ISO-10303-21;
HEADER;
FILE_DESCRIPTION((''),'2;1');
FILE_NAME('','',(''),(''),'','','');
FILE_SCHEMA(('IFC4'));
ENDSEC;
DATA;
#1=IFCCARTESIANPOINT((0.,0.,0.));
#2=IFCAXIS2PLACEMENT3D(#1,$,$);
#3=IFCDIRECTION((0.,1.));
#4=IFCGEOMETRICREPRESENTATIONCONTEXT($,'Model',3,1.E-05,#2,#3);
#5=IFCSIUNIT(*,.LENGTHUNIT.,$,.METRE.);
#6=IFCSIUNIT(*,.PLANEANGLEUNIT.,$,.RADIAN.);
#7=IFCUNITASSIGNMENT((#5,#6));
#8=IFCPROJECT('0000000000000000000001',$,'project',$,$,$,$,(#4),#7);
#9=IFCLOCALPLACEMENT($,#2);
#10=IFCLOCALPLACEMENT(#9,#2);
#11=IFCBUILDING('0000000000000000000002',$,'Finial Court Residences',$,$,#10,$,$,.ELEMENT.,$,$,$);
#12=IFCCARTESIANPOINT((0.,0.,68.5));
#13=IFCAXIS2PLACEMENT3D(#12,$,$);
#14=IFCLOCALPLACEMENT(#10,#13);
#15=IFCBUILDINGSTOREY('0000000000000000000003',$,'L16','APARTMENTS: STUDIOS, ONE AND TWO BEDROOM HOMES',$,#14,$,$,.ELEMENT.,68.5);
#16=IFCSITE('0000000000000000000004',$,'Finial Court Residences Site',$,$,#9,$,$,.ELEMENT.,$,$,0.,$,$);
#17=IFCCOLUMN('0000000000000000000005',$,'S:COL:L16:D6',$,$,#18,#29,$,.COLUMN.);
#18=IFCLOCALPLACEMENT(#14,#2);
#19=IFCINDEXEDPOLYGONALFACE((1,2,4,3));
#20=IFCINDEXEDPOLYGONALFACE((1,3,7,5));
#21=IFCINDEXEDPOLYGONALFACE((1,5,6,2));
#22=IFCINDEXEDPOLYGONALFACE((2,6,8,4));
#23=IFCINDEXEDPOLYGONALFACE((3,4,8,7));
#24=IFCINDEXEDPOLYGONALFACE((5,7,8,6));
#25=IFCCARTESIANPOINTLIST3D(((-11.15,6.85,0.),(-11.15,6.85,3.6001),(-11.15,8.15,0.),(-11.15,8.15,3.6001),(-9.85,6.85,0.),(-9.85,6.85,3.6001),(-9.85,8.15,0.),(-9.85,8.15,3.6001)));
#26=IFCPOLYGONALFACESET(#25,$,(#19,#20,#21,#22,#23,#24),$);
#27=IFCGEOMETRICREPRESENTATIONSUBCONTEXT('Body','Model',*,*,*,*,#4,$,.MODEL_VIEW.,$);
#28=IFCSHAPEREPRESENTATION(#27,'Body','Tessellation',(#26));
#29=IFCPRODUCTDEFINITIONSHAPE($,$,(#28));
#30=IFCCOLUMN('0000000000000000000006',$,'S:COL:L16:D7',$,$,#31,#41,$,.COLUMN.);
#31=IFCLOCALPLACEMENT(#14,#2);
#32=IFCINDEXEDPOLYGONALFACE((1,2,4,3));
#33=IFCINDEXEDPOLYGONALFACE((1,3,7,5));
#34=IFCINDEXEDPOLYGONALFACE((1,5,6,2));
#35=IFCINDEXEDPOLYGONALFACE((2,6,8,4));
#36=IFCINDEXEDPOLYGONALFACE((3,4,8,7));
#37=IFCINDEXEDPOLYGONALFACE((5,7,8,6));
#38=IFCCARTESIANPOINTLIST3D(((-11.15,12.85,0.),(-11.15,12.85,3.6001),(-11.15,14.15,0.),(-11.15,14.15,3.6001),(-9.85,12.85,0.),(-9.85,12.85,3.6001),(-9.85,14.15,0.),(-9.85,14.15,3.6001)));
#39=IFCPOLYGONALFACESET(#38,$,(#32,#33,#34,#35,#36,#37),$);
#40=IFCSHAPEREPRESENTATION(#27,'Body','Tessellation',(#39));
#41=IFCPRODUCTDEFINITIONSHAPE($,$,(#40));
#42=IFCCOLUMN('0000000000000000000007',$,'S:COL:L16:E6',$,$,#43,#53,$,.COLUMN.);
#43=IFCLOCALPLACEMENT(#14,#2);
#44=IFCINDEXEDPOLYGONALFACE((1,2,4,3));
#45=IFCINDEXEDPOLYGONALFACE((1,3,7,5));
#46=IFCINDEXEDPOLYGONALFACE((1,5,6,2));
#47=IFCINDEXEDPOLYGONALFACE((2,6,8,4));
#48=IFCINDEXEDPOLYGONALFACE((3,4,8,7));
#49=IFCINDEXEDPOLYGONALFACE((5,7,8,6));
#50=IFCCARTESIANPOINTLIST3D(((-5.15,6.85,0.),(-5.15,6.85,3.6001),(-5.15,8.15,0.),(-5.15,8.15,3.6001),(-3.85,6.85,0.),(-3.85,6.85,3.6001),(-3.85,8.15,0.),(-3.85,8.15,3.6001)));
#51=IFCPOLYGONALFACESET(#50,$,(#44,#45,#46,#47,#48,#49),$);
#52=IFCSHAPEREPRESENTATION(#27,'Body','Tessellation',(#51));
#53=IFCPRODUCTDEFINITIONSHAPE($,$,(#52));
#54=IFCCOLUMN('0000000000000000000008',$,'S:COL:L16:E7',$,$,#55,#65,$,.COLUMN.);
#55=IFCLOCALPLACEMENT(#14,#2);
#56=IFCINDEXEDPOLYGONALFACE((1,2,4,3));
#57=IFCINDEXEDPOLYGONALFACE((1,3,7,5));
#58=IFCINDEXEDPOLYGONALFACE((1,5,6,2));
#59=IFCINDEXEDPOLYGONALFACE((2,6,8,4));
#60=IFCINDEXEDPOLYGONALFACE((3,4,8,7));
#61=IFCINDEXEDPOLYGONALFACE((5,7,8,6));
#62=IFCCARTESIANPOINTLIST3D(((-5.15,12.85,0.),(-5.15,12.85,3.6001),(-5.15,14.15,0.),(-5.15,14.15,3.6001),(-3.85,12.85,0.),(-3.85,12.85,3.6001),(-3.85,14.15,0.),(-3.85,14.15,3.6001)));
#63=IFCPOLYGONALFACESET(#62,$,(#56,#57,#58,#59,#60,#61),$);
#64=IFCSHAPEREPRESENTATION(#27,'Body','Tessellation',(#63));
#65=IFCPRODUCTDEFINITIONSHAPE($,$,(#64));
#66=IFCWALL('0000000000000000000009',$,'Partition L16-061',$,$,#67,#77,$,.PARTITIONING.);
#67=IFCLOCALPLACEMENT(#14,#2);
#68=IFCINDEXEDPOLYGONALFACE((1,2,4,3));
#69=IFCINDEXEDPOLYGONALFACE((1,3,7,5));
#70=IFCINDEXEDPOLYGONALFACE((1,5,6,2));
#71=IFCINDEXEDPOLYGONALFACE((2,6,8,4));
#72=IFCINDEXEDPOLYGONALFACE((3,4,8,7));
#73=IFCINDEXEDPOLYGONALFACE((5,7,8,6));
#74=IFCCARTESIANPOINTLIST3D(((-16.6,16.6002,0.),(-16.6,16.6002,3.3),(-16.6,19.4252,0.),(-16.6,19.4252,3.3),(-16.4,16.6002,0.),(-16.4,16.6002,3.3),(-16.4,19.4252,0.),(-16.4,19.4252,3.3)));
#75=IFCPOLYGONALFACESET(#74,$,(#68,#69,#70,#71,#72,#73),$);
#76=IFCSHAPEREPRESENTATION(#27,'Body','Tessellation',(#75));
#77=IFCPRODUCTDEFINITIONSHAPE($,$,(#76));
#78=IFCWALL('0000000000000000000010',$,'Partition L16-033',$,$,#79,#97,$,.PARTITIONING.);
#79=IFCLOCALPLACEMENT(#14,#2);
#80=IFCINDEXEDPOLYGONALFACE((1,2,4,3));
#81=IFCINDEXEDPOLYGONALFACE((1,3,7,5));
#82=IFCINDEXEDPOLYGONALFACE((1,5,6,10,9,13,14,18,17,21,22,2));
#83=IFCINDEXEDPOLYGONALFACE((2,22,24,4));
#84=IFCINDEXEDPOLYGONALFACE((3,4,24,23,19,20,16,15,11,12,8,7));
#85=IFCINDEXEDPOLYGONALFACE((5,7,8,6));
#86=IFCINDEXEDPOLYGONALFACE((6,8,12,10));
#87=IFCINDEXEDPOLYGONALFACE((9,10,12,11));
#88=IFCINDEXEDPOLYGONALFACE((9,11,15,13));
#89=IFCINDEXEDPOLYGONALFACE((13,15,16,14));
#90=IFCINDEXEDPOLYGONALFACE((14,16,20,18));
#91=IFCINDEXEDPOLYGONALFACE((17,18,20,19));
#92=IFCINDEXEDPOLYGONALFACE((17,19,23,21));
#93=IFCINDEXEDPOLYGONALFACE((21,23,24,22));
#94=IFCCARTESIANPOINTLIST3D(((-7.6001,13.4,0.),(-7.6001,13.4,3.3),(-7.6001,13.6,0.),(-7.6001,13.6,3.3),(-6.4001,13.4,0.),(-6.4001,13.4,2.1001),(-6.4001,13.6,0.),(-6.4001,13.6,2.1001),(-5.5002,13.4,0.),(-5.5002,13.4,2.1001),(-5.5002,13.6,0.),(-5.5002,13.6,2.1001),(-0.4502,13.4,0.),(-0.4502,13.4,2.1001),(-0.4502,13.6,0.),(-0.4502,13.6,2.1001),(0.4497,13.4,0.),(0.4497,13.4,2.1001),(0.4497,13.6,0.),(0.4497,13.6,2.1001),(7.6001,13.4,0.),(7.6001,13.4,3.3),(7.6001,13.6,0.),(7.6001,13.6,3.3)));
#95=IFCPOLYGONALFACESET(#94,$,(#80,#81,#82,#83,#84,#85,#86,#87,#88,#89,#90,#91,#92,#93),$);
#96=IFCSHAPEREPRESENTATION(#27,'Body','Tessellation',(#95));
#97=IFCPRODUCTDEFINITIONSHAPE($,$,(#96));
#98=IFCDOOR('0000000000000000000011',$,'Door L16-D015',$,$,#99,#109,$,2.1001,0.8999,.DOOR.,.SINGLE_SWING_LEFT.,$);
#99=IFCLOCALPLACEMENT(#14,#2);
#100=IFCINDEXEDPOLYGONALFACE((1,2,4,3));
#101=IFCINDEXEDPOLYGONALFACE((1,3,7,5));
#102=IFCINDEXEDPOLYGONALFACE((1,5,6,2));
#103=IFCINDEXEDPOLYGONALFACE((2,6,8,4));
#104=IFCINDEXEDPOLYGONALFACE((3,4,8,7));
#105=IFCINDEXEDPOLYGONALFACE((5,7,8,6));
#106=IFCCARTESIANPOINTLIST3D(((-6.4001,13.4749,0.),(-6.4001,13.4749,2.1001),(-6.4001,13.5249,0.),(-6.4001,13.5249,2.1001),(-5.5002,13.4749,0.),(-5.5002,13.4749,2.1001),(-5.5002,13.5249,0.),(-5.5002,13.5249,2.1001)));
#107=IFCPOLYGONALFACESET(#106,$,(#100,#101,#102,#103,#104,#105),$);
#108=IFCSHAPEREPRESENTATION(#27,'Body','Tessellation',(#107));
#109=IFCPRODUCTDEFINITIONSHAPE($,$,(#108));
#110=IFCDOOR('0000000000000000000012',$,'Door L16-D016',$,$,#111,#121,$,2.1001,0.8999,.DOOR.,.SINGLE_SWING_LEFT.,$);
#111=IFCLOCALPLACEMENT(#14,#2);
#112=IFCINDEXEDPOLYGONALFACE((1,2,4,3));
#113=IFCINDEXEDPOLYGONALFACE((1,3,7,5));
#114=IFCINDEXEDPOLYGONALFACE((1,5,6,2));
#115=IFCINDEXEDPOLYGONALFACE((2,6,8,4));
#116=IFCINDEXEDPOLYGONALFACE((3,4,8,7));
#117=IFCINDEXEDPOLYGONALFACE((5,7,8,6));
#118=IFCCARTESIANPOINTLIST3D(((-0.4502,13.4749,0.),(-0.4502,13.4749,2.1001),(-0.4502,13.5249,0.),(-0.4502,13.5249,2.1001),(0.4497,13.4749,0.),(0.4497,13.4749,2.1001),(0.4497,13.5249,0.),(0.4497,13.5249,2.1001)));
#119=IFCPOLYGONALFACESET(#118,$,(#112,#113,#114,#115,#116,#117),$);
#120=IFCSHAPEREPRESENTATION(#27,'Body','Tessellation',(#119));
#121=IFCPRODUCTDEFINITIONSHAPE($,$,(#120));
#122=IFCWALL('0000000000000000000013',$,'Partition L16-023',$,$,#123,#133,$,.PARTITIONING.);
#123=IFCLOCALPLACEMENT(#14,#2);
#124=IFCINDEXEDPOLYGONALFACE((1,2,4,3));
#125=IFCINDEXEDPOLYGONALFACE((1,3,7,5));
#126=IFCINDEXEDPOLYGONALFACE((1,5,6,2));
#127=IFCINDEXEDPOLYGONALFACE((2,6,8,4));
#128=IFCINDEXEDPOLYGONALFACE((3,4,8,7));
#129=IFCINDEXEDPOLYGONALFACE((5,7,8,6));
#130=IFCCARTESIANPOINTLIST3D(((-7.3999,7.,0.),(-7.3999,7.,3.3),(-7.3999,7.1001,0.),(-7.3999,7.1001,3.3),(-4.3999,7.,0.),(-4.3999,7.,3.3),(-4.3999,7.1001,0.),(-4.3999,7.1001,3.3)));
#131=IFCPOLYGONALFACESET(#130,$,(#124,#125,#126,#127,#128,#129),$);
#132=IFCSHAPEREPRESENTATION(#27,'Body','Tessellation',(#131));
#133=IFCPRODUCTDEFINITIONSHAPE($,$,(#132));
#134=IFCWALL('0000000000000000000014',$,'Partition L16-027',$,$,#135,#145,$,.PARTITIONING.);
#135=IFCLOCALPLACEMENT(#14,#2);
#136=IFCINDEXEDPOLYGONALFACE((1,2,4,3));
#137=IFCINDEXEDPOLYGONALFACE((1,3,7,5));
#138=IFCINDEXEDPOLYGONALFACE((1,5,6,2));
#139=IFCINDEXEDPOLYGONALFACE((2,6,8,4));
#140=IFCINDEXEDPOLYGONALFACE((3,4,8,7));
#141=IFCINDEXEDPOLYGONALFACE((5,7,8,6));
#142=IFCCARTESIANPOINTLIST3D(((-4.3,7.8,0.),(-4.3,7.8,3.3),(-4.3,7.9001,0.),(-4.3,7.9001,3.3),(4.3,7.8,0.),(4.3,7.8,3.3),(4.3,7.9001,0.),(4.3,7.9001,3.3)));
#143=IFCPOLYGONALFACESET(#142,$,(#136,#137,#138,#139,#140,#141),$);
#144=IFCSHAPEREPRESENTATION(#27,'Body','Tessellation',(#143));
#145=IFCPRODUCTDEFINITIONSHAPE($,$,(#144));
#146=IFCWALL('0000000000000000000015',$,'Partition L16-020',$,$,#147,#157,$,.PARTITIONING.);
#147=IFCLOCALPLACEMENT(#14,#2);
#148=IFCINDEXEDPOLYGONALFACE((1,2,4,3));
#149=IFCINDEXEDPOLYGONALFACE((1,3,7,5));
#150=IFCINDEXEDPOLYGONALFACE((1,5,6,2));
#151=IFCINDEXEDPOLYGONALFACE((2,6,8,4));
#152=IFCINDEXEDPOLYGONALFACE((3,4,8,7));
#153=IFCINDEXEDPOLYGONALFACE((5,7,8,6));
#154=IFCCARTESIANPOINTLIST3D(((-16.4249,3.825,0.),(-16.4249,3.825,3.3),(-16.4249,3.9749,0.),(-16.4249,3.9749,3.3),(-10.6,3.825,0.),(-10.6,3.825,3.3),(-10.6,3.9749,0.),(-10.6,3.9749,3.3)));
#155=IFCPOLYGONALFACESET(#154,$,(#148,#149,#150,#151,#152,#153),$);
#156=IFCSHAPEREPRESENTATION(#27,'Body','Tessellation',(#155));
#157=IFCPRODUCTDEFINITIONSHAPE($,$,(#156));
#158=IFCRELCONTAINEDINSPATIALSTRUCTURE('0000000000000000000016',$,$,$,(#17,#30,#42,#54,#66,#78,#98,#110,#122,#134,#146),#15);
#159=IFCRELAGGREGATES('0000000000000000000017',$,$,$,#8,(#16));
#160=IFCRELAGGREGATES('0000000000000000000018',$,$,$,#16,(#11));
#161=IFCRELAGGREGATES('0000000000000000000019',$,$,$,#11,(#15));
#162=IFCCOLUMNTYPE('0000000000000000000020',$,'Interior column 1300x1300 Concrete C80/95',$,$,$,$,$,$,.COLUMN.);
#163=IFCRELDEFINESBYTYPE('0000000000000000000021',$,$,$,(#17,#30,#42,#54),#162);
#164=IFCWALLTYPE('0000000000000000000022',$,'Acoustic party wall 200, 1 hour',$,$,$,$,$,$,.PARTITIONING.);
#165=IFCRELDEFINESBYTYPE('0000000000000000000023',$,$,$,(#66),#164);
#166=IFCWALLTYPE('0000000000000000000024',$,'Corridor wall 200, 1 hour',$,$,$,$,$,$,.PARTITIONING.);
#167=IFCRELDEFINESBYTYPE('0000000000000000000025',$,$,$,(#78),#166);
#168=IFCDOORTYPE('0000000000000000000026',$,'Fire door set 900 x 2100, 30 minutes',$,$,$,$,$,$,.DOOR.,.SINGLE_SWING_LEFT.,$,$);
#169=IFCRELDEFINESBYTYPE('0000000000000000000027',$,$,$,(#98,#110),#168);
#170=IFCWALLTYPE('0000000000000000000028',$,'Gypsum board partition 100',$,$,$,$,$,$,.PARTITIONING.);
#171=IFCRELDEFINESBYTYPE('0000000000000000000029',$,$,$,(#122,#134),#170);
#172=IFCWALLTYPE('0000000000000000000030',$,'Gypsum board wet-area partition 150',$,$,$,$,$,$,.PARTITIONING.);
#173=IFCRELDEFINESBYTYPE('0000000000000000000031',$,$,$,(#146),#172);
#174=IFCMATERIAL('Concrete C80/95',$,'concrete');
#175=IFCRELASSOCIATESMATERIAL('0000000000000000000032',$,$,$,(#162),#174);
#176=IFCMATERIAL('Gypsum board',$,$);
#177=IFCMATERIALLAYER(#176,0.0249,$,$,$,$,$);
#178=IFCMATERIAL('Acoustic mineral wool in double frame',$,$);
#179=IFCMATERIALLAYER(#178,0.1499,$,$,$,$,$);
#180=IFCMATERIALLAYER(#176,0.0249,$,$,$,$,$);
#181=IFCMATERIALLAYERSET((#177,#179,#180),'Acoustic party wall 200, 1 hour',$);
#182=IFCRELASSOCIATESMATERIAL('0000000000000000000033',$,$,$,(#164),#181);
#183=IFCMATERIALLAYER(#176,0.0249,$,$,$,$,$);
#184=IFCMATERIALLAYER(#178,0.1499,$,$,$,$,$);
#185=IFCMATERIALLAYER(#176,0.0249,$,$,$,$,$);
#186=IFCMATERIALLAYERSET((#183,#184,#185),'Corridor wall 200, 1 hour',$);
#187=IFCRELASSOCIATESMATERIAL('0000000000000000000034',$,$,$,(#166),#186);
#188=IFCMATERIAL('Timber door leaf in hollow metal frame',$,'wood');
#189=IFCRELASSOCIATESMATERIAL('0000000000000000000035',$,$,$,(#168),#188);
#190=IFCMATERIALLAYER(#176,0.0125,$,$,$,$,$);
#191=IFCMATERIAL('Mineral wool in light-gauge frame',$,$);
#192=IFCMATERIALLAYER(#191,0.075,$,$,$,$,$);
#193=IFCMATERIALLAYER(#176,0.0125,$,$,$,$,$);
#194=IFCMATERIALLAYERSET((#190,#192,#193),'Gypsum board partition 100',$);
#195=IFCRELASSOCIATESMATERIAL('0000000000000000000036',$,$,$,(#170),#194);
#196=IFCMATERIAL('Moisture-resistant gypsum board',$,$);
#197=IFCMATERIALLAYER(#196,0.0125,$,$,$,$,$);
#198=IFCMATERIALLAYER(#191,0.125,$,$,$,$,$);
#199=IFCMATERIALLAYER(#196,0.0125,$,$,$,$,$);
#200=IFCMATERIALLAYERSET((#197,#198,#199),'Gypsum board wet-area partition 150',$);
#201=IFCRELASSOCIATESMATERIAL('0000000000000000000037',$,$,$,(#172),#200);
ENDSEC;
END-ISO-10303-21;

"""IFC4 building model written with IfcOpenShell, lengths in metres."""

from ifc_helpers import new_model, si_unit, direction, frame, frame_2d, origin, origin_2d, place, context, subcontext, project, spatial, rectangle, extrude, material, layer, layer_set, material_profile, profile_set, type_object, element, fill, save


model = new_model("IFC4")

# Units and contexts
model_context = context("Model", 3, precision=1e-05, world=origin(), true_north=direction((0.0, 1.0)))
body_context = subcontext(model_context, "Body", "Model", "MODEL_VIEW")
ifc_project = project(units=[si_unit("LENGTHUNIT", "METRE"), si_unit("PLANEANGLEUNIT", "RADIAN")], contexts=[model_context])

# Site, building, storey
site_placement = place(None, origin())
site = spatial("IfcSite", under=ifc_project, at=site_placement, Name="Finial Court Residences Site", CompositionType="ELEMENT", RefElevation=0.0)
building_placement = place(site_placement, origin())
building = spatial("IfcBuilding", under=site, at=building_placement, Name="Finial Court Residences", CompositionType="ELEMENT")
storey_placement = place(building_placement, frame((0.0, 0.0, 68.5)))
storey = spatial("IfcBuildingStorey", under=building, at=storey_placement, Name="L16", Description="APARTMENTS: STUDIOS, ONE AND TWO BEDROOM HOMES", CompositionType="ELEMENT", Elevation=68.5)

# Columns
ifc_material_1 = material(Name="Concrete C80/95", Category="concrete")
ifc_material_profile = material_profile(ifc_material_1, rectangle(XDim=1.3, YDim=1.3, at=origin_2d()), Name="1300x1300")
ifc_profile_set = profile_set([ifc_material_profile], Name="Concrete C80/95")
column_type = type_object("IfcColumnType", Name="Interior column 1300x1300 Concrete C80/95", PredefinedType="COLUMN", material=ifc_profile_set)
for number, where, z_axis, x_axis, name in (
    (1, (-10.5, 7.5, 0.0), (0.0, 0.0, 1.0), (1.0, 0.0, 0.0), "S:COL:L16:D6"),
    (2, (-10.5, 13.5, 0.0), (0.0, 0.0, 1.0), (1.0, 0.0, 0.0), "S:COL:L16:D7"),
    (3, (-4.5, 7.5, 0.0), (0.0, 0.0, 1.0), (1.0, 0.0, 0.0), "S:COL:L16:E6"),
    (4, (-4.5, 13.5, 0.0), (0.0, 0.0, 1.0), (1.0, 0.0, 0.0), "S:COL:L16:E7"),
):
    element("IfcColumn", number, at=place(storey_placement, frame(where, z_axis=z_axis, x_axis=x_axis)), inside=storey, type_object=column_type, Name=name, PredefinedType="COLUMN", context=body_context, shape_type="SweptSolid", body=[
        extrude(rectangle(XDim=1.3, YDim=1.3, at=origin_2d()), origin(), (0.0, 0.0, 1.0), 3.6001),
    ])

# Wall
ifc_material_2 = material(Name="Gypsum board")
ifc_layer_1 = layer(ifc_material_2, 0.0249)
ifc_material_3 = material(Name="Acoustic mineral wool in double frame")
ifc_layer_2 = layer(ifc_material_3, 0.1499)
ifc_layer_3 = layer(ifc_material_2, 0.0249)
ifc_layer_set_1 = layer_set([ifc_layer_1, ifc_layer_2, ifc_layer_3], Name="Acoustic party wall 200, 1 hour")
wall_type_1 = type_object("IfcWallType", Name="Acoustic party wall 200, 1 hour", PredefinedType="PARTITIONING", material=ifc_layer_set_1)
wall_1_placement = place(storey_placement, frame((-16.5, 16.6001, 0.0), z_axis=(0.0, 0.0, 1.0), x_axis=(0.0, 1.0, 0.0)))
element("IfcWall", 5, at=wall_1_placement, inside=storey, type_object=wall_type_1, Name="Partition L16-061", PredefinedType="PARTITIONING", context=body_context, shape_type="SweptSolid", body=[
    extrude(rectangle(XDim=2.825, YDim=0.2, at=frame_2d((1.4126, 0.0))), origin(), (0.0, 0.0, 1.0), 3.3),
])

# Wall, openings, doors
ifc_layer_4 = layer(ifc_material_2, 0.0249)
ifc_layer_5 = layer(ifc_material_3, 0.1499)
ifc_layer_6 = layer(ifc_material_2, 0.0249)
ifc_layer_set_2 = layer_set([ifc_layer_4, ifc_layer_5, ifc_layer_6], Name="Corridor wall 200, 1 hour")
wall_type_2 = type_object("IfcWallType", Name="Corridor wall 200, 1 hour", PredefinedType="PARTITIONING", material=ifc_layer_set_2)
wall_2_placement = place(storey_placement, frame((-7.6001, 13.5, 0.0), z_axis=(0.0, 0.0, 1.0), x_axis=(1.0, 0.0, 0.0)))
wall_2 = element("IfcWall", 6, at=wall_2_placement, inside=storey, type_object=wall_type_2, Name="Partition L16-033", PredefinedType="PARTITIONING", context=body_context, shape_type="SweptSolid", body=[
    extrude(rectangle(XDim=15.2002, YDim=0.2, at=frame_2d((7.6001, 0.0))), origin(), (0.0, 0.0, 1.0), 3.3),
])
opening_1_placement = place(wall_2_placement, frame((1.2, 0.0, 0.0)))
opening_1 = element("IfcOpeningElement", 7, at=opening_1_placement, cuts=wall_2, PredefinedType="OPENING", context=body_context, shape_type="SweptSolid", body=[
    extrude(rectangle(XDim=0.8999, YDim=2.1001, at=frame_2d((0.45, 1.05))), frame((0.0, 0.1099, 0.0), z_axis=(0.0, -1.0, 0.0), x_axis=(1.0, 0.0, 0.0)), (0.0, 0.0, 1.0), 0.22),
])
opening_2_placement = place(wall_2_placement, frame((7.1499, 0.0, 0.0)))
opening_2 = element("IfcOpeningElement", 8, at=opening_2_placement, cuts=wall_2, PredefinedType="OPENING", context=body_context, shape_type="SweptSolid", body=[
    extrude(rectangle(XDim=0.8999, YDim=2.1001, at=frame_2d((0.45, 1.05))), frame((0.0, 0.1099, 0.0), z_axis=(0.0, -1.0, 0.0), x_axis=(1.0, 0.0, 0.0)), (0.0, 0.0, 1.0), 0.22),
])
ifc_material_4 = material(Name="Timber door leaf in hollow metal frame", Category="wood")
door_type_1 = type_object("IfcDoorType", Name="Fire door set 900 x 2100, 30 minutes", OperationType="SINGLE_SWING_LEFT", PredefinedType="DOOR", material=ifc_material_4)
door_1_placement = place(opening_1_placement, origin())
door_1 = element("IfcDoor", 9, at=door_1_placement, inside=storey, type_object=door_type_1, Name="Door L16-D015", OperationType="SINGLE_SWING_LEFT", OverallHeight=2.1001, OverallWidth=0.8999, PredefinedType="DOOR", context=body_context, shape_type="SweptSolid", body=[
    extrude(rectangle(XDim=0.8999, YDim=2.1001, at=frame_2d((0.45, 1.05))), frame((0.0, 0.0249, 0.0), z_axis=(0.0, -1.0, 0.0), x_axis=(1.0, 0.0, 0.0)), (0.0, 0.0, 1.0), 0.05),
])
fill(opening_1, door_1)
door_2_placement = place(opening_2_placement, origin())
door_2 = element("IfcDoor", 10, at=door_2_placement, inside=storey, type_object=door_type_1, Name="Door L16-D016", OperationType="SINGLE_SWING_LEFT", OverallHeight=2.1001, OverallWidth=0.8999, PredefinedType="DOOR", context=body_context, shape_type="SweptSolid", body=[
    extrude(rectangle(XDim=0.8999, YDim=2.1001, at=frame_2d((0.45, 1.05))), frame((0.0, 0.0249, 0.0), z_axis=(0.0, -1.0, 0.0), x_axis=(1.0, 0.0, 0.0)), (0.0, 0.0, 1.0), 0.05),
])
fill(opening_2, door_2)

# Walls
ifc_layer_7 = layer(ifc_material_2, 0.0125)
ifc_material_5 = material(Name="Mineral wool in light-gauge frame")
ifc_layer_8 = layer(ifc_material_5, 0.075)
ifc_layer_9 = layer(ifc_material_2, 0.0125)
ifc_layer_set_3 = layer_set([ifc_layer_7, ifc_layer_8, ifc_layer_9], Name="Gypsum board partition 100")
wall_type_3 = type_object("IfcWallType", Name="Gypsum board partition 100", PredefinedType="PARTITIONING", material=ifc_layer_set_3)
wall_3_placement = place(storey_placement, frame((-7.3999, 7.05, 0.0), z_axis=(0.0, 0.0, 1.0), x_axis=(1.0, 0.0, 0.0)))
element("IfcWall", 11, at=wall_3_placement, inside=storey, type_object=wall_type_3, Name="Partition L16-023", PredefinedType="PARTITIONING", context=body_context, shape_type="SweptSolid", body=[
    extrude(rectangle(XDim=3.0, YDim=0.1001, at=frame_2d((1.5, 0.0))), origin(), (0.0, 0.0, 1.0), 3.3),
])
wall_4_placement = place(storey_placement, frame((-4.3, 7.8501, 0.0), z_axis=(0.0, 0.0, 1.0), x_axis=(1.0, 0.0, 0.0)))
element("IfcWall", 12, at=wall_4_placement, inside=storey, type_object=wall_type_3, Name="Partition L16-027", PredefinedType="PARTITIONING", context=body_context, shape_type="SweptSolid", body=[
    extrude(rectangle(XDim=8.6001, YDim=0.1001, at=frame_2d((4.3, 0.0))), origin(), (0.0, 0.0, 1.0), 3.3),
])
ifc_material_6 = material(Name="Moisture-resistant gypsum board")
ifc_layer_10 = layer(ifc_material_6, 0.0125)
ifc_layer_11 = layer(ifc_material_5, 0.125)
ifc_layer_12 = layer(ifc_material_6, 0.0125)
ifc_layer_set_4 = layer_set([ifc_layer_10, ifc_layer_11, ifc_layer_12], Name="Gypsum board wet-area partition 150")
wall_type_4 = type_object("IfcWallType", Name="Gypsum board wet-area partition 150", PredefinedType="PARTITIONING", material=ifc_layer_set_4)
wall_5_placement = place(storey_placement, frame((-16.425, 3.8999, 0.0), z_axis=(0.0, 0.0, 1.0), x_axis=(1.0, 0.0, 0.0)))
element("IfcWall", 13, at=wall_5_placement, inside=storey, type_object=wall_type_4, Name="Partition L16-020", PredefinedType="PARTITIONING", context=body_context, shape_type="SweptSolid", body=[
    extrude(rectangle(XDim=5.825, YDim=0.1499, at=frame_2d((2.9126, 0.0))), origin(), (0.0, 0.0, 1.0), 3.3),
])

save(model, "model.ifc")
